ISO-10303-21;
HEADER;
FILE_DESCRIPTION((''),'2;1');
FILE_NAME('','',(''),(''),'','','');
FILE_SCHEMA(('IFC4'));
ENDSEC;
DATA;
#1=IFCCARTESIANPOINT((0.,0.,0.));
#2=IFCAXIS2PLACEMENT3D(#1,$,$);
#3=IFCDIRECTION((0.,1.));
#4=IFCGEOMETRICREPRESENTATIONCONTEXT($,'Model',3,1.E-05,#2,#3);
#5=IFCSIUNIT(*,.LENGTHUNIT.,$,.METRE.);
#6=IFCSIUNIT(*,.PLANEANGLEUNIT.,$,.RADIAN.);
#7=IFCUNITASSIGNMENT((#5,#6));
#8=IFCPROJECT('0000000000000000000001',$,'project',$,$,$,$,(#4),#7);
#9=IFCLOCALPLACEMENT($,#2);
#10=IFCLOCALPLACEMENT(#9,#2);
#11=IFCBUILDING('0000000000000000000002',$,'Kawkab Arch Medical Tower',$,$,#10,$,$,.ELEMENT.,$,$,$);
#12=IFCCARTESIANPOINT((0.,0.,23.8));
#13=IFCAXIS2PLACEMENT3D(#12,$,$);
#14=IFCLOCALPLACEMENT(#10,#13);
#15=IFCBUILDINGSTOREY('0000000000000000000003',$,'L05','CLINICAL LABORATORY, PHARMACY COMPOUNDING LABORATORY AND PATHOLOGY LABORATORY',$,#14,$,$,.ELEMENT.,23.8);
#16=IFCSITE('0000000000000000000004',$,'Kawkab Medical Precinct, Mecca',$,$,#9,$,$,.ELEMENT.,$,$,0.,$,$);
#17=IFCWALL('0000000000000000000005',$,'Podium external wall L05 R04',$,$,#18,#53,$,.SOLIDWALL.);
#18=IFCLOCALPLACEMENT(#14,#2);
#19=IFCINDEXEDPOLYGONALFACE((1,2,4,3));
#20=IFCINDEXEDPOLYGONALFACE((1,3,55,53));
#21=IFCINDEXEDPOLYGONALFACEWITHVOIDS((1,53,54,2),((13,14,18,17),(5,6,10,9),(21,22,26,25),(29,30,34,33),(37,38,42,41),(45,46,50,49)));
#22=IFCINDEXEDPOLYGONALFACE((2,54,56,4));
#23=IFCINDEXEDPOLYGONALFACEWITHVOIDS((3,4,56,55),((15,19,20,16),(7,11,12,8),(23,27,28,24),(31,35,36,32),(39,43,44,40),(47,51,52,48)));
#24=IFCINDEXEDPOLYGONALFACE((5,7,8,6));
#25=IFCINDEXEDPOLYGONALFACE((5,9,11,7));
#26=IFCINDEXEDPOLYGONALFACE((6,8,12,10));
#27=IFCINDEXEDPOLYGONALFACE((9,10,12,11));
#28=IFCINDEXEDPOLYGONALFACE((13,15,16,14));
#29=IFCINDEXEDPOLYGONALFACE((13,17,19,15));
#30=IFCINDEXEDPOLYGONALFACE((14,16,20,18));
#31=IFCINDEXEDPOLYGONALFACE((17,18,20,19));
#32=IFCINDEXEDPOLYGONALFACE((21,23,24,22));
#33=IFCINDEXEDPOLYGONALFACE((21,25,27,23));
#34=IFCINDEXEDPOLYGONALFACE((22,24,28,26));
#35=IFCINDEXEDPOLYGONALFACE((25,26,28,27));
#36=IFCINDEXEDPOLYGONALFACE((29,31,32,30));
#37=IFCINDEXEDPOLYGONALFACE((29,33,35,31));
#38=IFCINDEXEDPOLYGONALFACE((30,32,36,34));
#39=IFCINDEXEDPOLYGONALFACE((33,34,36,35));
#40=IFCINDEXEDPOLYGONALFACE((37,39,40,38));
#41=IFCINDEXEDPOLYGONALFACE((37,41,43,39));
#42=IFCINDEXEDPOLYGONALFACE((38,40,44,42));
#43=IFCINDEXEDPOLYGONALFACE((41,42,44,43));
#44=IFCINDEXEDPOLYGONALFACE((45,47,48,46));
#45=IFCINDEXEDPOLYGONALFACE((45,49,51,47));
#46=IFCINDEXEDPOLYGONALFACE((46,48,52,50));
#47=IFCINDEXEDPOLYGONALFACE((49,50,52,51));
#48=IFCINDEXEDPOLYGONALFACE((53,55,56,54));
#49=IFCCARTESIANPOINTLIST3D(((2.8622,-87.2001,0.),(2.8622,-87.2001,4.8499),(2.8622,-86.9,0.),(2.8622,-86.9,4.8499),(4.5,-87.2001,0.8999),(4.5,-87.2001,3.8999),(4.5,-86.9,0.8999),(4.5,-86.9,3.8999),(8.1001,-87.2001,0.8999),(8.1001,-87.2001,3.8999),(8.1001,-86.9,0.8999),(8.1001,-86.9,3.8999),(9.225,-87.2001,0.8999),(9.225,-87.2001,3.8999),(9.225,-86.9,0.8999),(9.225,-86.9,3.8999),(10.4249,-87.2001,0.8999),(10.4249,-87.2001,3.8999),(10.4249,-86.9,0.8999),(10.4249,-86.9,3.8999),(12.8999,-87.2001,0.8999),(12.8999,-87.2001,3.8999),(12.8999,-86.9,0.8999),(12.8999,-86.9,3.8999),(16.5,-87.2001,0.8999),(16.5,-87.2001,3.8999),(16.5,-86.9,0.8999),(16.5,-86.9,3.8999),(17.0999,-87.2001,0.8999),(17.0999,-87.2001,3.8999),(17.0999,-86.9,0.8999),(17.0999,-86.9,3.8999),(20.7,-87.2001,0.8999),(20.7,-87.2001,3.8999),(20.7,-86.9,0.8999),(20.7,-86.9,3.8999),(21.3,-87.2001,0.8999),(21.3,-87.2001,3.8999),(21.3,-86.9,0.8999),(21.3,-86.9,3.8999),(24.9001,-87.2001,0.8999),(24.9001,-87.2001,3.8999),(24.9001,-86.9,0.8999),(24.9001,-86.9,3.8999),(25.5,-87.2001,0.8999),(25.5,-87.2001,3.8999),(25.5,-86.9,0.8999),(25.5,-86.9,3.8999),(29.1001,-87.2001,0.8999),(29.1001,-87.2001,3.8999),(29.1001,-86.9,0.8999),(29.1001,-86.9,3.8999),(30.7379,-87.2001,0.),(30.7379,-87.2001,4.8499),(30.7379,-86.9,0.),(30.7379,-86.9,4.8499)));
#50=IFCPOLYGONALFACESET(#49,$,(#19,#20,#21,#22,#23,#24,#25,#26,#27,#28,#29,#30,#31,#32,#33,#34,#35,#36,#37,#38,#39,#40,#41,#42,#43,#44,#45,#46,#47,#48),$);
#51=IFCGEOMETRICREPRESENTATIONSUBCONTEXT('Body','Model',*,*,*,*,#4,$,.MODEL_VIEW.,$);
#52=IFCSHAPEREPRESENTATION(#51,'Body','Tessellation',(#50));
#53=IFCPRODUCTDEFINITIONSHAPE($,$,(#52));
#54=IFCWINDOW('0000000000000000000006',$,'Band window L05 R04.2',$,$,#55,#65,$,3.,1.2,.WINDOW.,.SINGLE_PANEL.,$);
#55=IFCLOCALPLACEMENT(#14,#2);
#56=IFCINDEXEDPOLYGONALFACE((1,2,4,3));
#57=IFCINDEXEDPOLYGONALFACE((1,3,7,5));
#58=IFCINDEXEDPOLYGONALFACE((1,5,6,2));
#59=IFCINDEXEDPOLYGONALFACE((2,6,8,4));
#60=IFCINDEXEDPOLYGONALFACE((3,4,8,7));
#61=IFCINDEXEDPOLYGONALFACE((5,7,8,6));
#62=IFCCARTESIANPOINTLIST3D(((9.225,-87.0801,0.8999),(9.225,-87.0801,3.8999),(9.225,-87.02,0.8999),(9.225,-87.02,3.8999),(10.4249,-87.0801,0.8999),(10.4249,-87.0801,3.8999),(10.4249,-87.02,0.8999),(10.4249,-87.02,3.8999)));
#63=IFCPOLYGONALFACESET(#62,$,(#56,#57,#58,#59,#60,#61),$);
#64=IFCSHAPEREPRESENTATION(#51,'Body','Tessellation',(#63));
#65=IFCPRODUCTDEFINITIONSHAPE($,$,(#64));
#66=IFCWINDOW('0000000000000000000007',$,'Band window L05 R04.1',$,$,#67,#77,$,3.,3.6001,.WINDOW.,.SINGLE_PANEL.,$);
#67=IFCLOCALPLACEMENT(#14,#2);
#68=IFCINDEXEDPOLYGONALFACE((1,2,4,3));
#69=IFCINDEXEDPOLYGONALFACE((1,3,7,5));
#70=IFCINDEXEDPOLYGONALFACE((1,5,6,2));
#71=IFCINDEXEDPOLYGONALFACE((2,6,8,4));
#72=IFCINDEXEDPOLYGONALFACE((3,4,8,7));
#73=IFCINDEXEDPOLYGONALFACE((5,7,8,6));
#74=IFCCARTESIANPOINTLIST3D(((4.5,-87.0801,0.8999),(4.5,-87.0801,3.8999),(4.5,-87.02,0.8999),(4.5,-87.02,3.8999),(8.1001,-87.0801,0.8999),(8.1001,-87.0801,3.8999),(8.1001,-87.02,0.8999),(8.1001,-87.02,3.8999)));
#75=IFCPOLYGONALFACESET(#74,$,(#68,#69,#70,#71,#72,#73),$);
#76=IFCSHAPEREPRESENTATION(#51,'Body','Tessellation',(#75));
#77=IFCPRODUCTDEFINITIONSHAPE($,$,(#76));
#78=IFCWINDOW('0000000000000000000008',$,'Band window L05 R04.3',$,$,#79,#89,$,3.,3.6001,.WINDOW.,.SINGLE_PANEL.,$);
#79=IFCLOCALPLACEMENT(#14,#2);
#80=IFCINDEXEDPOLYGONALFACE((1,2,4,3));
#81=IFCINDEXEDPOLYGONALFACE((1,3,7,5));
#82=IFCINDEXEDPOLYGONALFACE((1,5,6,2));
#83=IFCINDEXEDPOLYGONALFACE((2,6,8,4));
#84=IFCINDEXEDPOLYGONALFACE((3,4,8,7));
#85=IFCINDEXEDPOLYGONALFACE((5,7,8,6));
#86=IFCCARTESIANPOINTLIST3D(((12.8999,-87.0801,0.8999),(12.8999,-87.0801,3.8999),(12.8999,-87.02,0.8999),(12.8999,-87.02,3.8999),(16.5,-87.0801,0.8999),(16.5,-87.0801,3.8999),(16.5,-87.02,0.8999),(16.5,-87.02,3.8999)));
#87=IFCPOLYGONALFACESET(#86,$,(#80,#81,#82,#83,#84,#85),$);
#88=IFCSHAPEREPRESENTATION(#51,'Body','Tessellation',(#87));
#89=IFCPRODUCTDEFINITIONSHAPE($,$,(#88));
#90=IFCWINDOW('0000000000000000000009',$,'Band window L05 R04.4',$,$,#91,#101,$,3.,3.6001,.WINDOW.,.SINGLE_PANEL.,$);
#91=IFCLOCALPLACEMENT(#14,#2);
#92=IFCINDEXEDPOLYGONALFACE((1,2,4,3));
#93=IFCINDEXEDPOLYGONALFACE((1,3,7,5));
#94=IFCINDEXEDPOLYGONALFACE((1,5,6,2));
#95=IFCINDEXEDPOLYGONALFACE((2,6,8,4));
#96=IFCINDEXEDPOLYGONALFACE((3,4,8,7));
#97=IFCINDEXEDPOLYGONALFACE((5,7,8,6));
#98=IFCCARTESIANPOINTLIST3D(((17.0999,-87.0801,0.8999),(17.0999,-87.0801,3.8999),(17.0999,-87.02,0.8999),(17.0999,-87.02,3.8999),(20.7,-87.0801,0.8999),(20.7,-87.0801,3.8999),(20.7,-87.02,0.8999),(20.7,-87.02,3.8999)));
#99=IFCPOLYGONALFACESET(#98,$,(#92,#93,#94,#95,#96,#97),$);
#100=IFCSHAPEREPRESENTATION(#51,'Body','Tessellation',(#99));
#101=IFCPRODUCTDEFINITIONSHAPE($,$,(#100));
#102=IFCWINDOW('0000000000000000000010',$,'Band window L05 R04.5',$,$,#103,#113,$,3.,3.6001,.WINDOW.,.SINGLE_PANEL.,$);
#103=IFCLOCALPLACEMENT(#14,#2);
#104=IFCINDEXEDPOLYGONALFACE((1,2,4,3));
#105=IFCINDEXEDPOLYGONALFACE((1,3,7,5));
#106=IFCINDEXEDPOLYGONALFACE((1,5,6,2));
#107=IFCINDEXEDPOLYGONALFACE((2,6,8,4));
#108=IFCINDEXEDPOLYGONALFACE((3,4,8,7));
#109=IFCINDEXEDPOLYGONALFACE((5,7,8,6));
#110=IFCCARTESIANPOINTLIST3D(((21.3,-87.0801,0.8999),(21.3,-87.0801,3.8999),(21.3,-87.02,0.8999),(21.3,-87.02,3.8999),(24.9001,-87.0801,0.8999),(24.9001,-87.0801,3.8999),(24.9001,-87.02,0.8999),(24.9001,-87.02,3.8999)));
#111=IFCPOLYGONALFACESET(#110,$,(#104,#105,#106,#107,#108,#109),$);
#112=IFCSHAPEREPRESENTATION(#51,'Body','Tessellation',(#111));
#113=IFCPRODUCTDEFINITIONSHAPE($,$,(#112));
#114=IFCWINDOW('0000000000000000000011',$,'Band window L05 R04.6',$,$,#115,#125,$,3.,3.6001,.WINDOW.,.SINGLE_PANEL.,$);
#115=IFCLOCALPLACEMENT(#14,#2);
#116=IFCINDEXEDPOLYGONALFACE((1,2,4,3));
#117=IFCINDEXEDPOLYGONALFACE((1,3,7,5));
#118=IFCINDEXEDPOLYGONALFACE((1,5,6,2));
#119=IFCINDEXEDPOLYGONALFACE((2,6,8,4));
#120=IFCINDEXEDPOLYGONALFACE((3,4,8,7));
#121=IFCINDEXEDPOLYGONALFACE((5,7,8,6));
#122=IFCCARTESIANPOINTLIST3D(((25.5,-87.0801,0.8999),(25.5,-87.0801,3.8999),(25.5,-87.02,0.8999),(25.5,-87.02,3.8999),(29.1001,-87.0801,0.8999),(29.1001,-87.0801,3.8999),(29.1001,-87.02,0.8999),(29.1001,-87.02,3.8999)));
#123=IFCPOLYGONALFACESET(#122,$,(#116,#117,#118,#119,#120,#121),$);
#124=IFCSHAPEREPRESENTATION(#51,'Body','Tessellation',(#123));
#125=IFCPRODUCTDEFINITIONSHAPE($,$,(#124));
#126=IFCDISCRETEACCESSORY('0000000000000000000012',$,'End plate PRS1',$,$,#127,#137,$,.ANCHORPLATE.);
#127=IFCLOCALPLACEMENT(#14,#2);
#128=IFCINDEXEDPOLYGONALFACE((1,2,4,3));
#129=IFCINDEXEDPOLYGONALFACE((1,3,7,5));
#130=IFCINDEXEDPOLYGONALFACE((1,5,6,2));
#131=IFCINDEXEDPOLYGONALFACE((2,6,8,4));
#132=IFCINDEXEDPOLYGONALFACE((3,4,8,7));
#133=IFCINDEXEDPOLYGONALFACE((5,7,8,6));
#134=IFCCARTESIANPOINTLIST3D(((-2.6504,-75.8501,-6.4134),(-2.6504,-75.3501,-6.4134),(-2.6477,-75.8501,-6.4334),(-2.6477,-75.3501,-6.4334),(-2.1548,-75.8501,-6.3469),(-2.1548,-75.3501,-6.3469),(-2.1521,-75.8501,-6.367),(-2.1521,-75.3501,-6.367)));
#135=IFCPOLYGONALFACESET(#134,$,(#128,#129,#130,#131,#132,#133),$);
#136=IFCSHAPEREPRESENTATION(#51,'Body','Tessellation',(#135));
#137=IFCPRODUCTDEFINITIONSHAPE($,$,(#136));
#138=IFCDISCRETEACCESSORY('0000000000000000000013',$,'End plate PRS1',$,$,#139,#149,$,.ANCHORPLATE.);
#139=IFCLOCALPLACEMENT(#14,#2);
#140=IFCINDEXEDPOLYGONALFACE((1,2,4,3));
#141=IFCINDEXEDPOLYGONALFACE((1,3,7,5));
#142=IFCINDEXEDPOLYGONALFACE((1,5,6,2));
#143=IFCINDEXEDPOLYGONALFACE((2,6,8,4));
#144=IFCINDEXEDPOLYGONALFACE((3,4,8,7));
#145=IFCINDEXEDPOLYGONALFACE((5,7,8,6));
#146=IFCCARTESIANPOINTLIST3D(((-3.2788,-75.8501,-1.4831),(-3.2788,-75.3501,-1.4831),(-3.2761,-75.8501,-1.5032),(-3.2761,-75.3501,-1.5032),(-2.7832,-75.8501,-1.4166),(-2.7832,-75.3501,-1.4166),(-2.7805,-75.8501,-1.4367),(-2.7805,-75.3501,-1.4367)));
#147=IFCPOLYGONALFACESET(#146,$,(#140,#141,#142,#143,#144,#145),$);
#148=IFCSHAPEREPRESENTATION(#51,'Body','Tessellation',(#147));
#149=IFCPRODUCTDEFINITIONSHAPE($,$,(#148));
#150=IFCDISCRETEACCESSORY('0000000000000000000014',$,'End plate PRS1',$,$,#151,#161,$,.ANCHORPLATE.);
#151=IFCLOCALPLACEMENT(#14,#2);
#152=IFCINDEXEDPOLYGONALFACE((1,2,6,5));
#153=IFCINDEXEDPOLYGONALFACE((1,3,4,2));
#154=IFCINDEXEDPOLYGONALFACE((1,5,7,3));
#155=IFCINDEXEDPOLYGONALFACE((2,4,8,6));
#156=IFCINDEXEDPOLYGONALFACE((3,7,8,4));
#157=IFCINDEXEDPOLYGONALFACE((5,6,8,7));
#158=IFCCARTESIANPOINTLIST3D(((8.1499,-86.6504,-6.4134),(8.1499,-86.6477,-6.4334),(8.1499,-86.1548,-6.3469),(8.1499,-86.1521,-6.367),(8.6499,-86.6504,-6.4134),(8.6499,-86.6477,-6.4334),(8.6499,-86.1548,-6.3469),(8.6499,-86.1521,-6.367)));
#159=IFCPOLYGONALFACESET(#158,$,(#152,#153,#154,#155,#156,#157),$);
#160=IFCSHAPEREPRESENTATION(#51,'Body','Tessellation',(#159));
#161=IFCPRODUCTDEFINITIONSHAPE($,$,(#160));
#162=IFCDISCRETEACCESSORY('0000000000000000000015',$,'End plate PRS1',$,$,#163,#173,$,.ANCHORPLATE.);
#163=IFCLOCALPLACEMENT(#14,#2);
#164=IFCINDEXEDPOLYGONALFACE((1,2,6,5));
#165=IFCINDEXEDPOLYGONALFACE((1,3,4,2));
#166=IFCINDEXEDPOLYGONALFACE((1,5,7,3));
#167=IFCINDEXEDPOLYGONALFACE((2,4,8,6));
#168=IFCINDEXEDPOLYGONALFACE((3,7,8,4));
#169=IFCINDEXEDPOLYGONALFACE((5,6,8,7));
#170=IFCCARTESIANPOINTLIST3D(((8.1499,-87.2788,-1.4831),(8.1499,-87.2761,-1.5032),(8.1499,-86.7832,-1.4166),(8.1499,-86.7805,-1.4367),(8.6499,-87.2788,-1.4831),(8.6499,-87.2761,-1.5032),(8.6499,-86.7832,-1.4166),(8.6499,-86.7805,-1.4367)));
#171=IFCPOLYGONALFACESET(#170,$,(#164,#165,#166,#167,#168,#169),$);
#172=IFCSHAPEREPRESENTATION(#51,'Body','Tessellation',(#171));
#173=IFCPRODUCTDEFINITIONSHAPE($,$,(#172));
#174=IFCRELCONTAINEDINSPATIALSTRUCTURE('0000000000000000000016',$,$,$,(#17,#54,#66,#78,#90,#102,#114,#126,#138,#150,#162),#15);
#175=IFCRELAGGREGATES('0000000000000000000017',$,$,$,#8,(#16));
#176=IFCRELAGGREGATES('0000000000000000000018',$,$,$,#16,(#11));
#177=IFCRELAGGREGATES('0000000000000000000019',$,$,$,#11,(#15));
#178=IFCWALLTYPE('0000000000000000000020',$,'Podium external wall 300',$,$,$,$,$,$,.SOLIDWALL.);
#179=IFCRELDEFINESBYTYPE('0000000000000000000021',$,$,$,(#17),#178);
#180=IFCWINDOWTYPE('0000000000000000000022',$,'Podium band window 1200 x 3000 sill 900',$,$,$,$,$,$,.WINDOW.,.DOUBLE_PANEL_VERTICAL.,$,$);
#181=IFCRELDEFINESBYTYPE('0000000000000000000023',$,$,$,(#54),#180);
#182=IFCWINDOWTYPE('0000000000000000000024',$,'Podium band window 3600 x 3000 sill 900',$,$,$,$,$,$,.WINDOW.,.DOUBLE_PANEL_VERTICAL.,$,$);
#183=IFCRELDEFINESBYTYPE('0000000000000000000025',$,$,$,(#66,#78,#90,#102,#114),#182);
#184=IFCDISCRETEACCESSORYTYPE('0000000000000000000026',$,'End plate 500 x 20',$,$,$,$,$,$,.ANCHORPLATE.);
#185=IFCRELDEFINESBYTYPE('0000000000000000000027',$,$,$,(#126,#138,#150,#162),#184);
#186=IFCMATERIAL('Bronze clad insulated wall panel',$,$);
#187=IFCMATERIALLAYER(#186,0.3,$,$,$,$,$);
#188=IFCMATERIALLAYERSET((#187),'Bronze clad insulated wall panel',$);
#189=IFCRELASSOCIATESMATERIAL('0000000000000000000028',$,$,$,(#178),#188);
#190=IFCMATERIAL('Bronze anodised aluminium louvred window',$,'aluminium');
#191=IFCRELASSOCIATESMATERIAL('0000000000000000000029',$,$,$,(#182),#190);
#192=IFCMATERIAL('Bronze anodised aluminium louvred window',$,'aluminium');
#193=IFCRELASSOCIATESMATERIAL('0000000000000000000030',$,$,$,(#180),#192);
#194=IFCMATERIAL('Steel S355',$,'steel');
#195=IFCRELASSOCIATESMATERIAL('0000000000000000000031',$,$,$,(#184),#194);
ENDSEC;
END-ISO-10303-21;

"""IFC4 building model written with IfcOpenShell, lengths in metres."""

from ifc_helpers import new_model, si_unit, direction, frame, frame_2d, origin, origin_2d, place, context, subcontext, project, spatial, rectangle, extrude, material, layer, layer_set, material_profile, profile_set, type_object, element, fill, save


model = new_model("IFC4")

# Units and contexts
model_context = context("Model", 3, precision=1e-05, world=origin(), true_north=direction((0.0, 1.0)))
body_context = subcontext(model_context, "Body", "Model", "MODEL_VIEW")
ifc_project = project(units=[si_unit("LENGTHUNIT", "METRE"), si_unit("PLANEANGLEUNIT", "RADIAN")], contexts=[model_context])

# Site, building, storey
site_placement = place(None, origin())
site = spatial("IfcSite", under=ifc_project, at=site_placement, Name="Kawkab Medical Precinct, Mecca", CompositionType="ELEMENT", RefElevation=0.0)
building_placement = place(site_placement, origin())
building = spatial("IfcBuilding", under=site, at=building_placement, Name="Kawkab Arch Medical Tower", CompositionType="ELEMENT")
storey_placement = place(building_placement, frame((0.0, 0.0, 23.8)))
storey = spatial("IfcBuildingStorey", under=building, at=storey_placement, Name="L05", Description="CLINICAL LABORATORY, PHARMACY COMPOUNDING LABORATORY AND PATHOLOGY LABORATORY", CompositionType="ELEMENT", Elevation=23.8)

# Wall, openings, windows
ifc_material_1 = material(Name="Bronze clad insulated wall panel")
ifc_layer_1 = layer(ifc_material_1, 0.3)
ifc_layer_set_1 = layer_set([ifc_layer_1], Name="Bronze clad insulated wall panel")
wall_type_1 = type_object("IfcWallType", Name="Podium external wall 300", PredefinedType="SOLIDWALL", material=ifc_layer_set_1)
ifc_material_2 = material(Name="Bronze anodised aluminium louvred window", Category="aluminium")
window_type_1 = type_object("IfcWindowType", Name="Podium band window 3600 x 3000 sill 900", PartitioningType="DOUBLE_PANEL_VERTICAL", PredefinedType="WINDOW", material=ifc_material_2)
wall_1_placement = place(storey_placement, frame((2.8621, -87.05, 0.0), z_axis=(0.0, 0.0, 1.0), x_axis=(1.0, 0.0, 0.0)))
wall_1 = element("IfcWall", 1, at=wall_1_placement, inside=storey, type_object=wall_type_1, Name="Podium external wall L05 R04", PredefinedType="SOLIDWALL", context=body_context, shape_type="SweptSolid", body=[
    extrude(rectangle(XDim=27.8757, YDim=0.3, at=frame_2d((13.938, 0.0))), origin(), (0.0, 0.0, 1.0), 4.8499),
])
opening_1_placement = place(wall_1_placement, frame((1.6379, 0.0, 0.8999)))
opening_1 = element("IfcOpeningElement", 2, at=opening_1_placement, cuts=wall_1, PredefinedType="OPENING", context=body_context, shape_type="SweptSolid", body=[
    extrude(rectangle(XDim=3.6001, YDim=3.0, at=frame_2d((1.8, 1.5))), frame((0.0, 0.1599, 0.0), z_axis=(0.0, -1.0, 0.0), x_axis=(1.0, 0.0, 0.0)), (0.0, 0.0, 1.0), 0.3201),
])
opening_2_placement = place(wall_1_placement, frame((6.3628, 0.0, 0.8999)))
opening_2 = element("IfcOpeningElement", 3, at=opening_2_placement, cuts=wall_1, PredefinedType="OPENING", context=body_context, shape_type="SweptSolid", body=[
    extrude(rectangle(XDim=1.2, YDim=3.0, at=frame_2d((0.6001, 1.5))), frame((0.0, 0.1599, 0.0), z_axis=(0.0, -1.0, 0.0), x_axis=(1.0, 0.0, 0.0)), (0.0, 0.0, 1.0), 0.3201),
])
opening_3_placement = place(wall_1_placement, frame((10.0378, 0.0, 0.8999)))
opening_3 = element("IfcOpeningElement", 4, at=opening_3_placement, cuts=wall_1, PredefinedType="OPENING", context=body_context, shape_type="SweptSolid", body=[
    extrude(rectangle(XDim=3.6001, YDim=3.0, at=frame_2d((1.8, 1.5))), frame((0.0, 0.1599, 0.0), z_axis=(0.0, -1.0, 0.0), x_axis=(1.0, 0.0, 0.0)), (0.0, 0.0, 1.0), 0.3201),
])
opening_4_placement = place(wall_1_placement, frame((14.2378, 0.0, 0.8999)))
opening_4 = element("IfcOpeningElement", 5, at=opening_4_placement, cuts=wall_1, PredefinedType="OPENING", context=body_context, shape_type="SweptSolid", body=[
    extrude(rectangle(XDim=3.6001, YDim=3.0, at=frame_2d((1.8, 1.5))), frame((0.0, 0.1599, 0.0), z_axis=(0.0, -1.0, 0.0), x_axis=(1.0, 0.0, 0.0)), (0.0, 0.0, 1.0), 0.3201),
])
opening_5_placement = place(wall_1_placement, frame((18.438, 0.0, 0.8999)))
opening_5 = element("IfcOpeningElement", 6, at=opening_5_placement, cuts=wall_1, PredefinedType="OPENING", context=body_context, shape_type="SweptSolid", body=[
    extrude(rectangle(XDim=3.6001, YDim=3.0, at=frame_2d((1.8, 1.5))), frame((0.0, 0.1599, 0.0), z_axis=(0.0, -1.0, 0.0), x_axis=(1.0, 0.0, 0.0)), (0.0, 0.0, 1.0), 0.3201),
])
opening_6_placement = place(wall_1_placement, frame((22.6379, 0.0, 0.8999)))
opening_6 = element("IfcOpeningElement", 7, at=opening_6_placement, cuts=wall_1, PredefinedType="OPENING", context=body_context, shape_type="SweptSolid", body=[
    extrude(rectangle(XDim=3.6001, YDim=3.0, at=frame_2d((1.8, 1.5))), frame((0.0, 0.1599, 0.0), z_axis=(0.0, -1.0, 0.0), x_axis=(1.0, 0.0, 0.0)), (0.0, 0.0, 1.0), 0.3201),
])
ifc_material_3 = material(Name="Bronze anodised aluminium louvred window", Category="aluminium")
window_type_2 = type_object("IfcWindowType", Name="Podium band window 1200 x 3000 sill 900", PartitioningType="DOUBLE_PANEL_VERTICAL", PredefinedType="WINDOW", material=ifc_material_3)
window_1_placement = place(opening_2_placement, origin())
window_1 = element("IfcWindow", 8, at=window_1_placement, inside=storey, type_object=window_type_2, Name="Band window L05 R04.2", OverallHeight=3.0, OverallWidth=1.2, PartitioningType="SINGLE_PANEL", PredefinedType="WINDOW", context=body_context, shape_type="SweptSolid", body=[
    extrude(rectangle(XDim=1.2, YDim=3.0, at=frame_2d((0.6001, 1.5))), frame((0.0, 0.03, 0.0), z_axis=(0.0, -1.0, 0.0), x_axis=(1.0, 0.0, 0.0)), (0.0, 0.0, 1.0), 0.0601),
])
fill(opening_2, window_1)
window_2_placement = place(opening_1_placement, origin())
window_2 = element("IfcWindow", 9, at=window_2_placement, inside=storey, type_object=window_type_1, Name="Band window L05 R04.1", OverallHeight=3.0, OverallWidth=3.6001, PartitioningType="SINGLE_PANEL", PredefinedType="WINDOW", context=body_context, shape_type="SweptSolid", body=[
    extrude(rectangle(XDim=3.6001, YDim=3.0, at=frame_2d((1.8, 1.5))), frame((0.0, 0.03, 0.0), z_axis=(0.0, -1.0, 0.0), x_axis=(1.0, 0.0, 0.0)), (0.0, 0.0, 1.0), 0.0601),
])
fill(opening_1, window_2)
window_3_placement = place(opening_3_placement, origin())
window_3 = element("IfcWindow", 10, at=window_3_placement, inside=storey, type_object=window_type_1, Name="Band window L05 R04.3", OverallHeight=3.0, OverallWidth=3.6001, PartitioningType="SINGLE_PANEL", PredefinedType="WINDOW", context=body_context, shape_type="SweptSolid", body=[
    extrude(rectangle(XDim=3.6001, YDim=3.0, at=frame_2d((1.8, 1.5))), frame((0.0, 0.03, 0.0), z_axis=(0.0, -1.0, 0.0), x_axis=(1.0, 0.0, 0.0)), (0.0, 0.0, 1.0), 0.0601),
])
fill(opening_3, window_3)
window_4_placement = place(opening_4_placement, origin())
window_4 = element("IfcWindow", 11, at=window_4_placement, inside=storey, type_object=window_type_1, Name="Band window L05 R04.4", OverallHeight=3.0, OverallWidth=3.6001, PartitioningType="SINGLE_PANEL", PredefinedType="WINDOW", context=body_context, shape_type="SweptSolid", body=[
    extrude(rectangle(XDim=3.6001, YDim=3.0, at=frame_2d((1.8, 1.5))), frame((0.0, 0.03, 0.0), z_axis=(0.0, -1.0, 0.0), x_axis=(1.0, 0.0, 0.0)), (0.0, 0.0, 1.0), 0.0601),
])
fill(opening_4, window_4)
window_5_placement = place(opening_5_placement, origin())
window_5 = element("IfcWindow", 12, at=window_5_placement, inside=storey, type_object=window_type_1, Name="Band window L05 R04.5", OverallHeight=3.0, OverallWidth=3.6001, PartitioningType="SINGLE_PANEL", PredefinedType="WINDOW", context=body_context, shape_type="SweptSolid", body=[
    extrude(rectangle(XDim=3.6001, YDim=3.0, at=frame_2d((1.8, 1.5))), frame((0.0, 0.03, 0.0), z_axis=(0.0, -1.0, 0.0), x_axis=(1.0, 0.0, 0.0)), (0.0, 0.0, 1.0), 0.0601),
])
fill(opening_5, window_5)
window_6_placement = place(opening_6_placement, origin())
window_6 = element("IfcWindow", 13, at=window_6_placement, inside=storey, type_object=window_type_1, Name="Band window L05 R04.6", OverallHeight=3.0, OverallWidth=3.6001, PartitioningType="SINGLE_PANEL", PredefinedType="WINDOW", context=body_context, shape_type="SweptSolid", body=[
    extrude(rectangle(XDim=3.6001, YDim=3.0, at=frame_2d((1.8, 1.5))), frame((0.0, 0.03, 0.0), z_axis=(0.0, -1.0, 0.0), x_axis=(1.0, 0.0, 0.0)), (0.0, 0.0, 1.0), 0.0601),
])
fill(opening_6, window_6)

# Discrete accessories
ifc_material_4 = material(Name="Steel S355", Category="steel")
ifc_material_profile_1 = material_profile(ifc_material_4, rectangle(XDim=0.5, YDim=0.5, at=origin_2d()), Name="End plate 500 x 20")
ifc_profile_set_1 = profile_set([ifc_material_profile_1], Name="Steel S355")
discrete_accessory_type = type_object("IfcDiscreteAccessoryType", Name="End plate 500 x 20", PredefinedType="ANCHORPLATE", material=ifc_profile_set_1)
for number, where, z_axis, x_axis, name in (
    (14, (-2.4026, -75.6001, -6.3801), (0.132955, 0.0, -0.991122), (0.0, 1.0, 0.0), "End plate PRS1"),
    (15, (-3.0283, -75.6001, -1.47), (-0.132955, 0.0, 0.991122), (0.0, -1.0, 0.0), "End plate PRS1"),
    (16, (8.3999, -86.4026, -6.3801), (0.0, 0.132955, -0.991122), (-1.0, 0.0, 0.0), "End plate PRS1"),
    (17, (8.3999, -87.0283, -1.47), (0.0, -0.132955, 0.991122), (1.0, 0.0, 0.0), "End plate PRS1"),
):
    element("IfcDiscreteAccessory", number, at=place(storey_placement, frame(where, z_axis=z_axis, x_axis=x_axis)), inside=storey, type_object=discrete_accessory_type, Name=name, PredefinedType="ANCHORPLATE", context=body_context, shape_type="SweptSolid", body=[
        extrude(rectangle(XDim=0.5, YDim=0.5, at=origin_2d()), origin(), (0.0, 0.0, 1.0), 0.0203),
    ])

save(model, "model.ifc")
